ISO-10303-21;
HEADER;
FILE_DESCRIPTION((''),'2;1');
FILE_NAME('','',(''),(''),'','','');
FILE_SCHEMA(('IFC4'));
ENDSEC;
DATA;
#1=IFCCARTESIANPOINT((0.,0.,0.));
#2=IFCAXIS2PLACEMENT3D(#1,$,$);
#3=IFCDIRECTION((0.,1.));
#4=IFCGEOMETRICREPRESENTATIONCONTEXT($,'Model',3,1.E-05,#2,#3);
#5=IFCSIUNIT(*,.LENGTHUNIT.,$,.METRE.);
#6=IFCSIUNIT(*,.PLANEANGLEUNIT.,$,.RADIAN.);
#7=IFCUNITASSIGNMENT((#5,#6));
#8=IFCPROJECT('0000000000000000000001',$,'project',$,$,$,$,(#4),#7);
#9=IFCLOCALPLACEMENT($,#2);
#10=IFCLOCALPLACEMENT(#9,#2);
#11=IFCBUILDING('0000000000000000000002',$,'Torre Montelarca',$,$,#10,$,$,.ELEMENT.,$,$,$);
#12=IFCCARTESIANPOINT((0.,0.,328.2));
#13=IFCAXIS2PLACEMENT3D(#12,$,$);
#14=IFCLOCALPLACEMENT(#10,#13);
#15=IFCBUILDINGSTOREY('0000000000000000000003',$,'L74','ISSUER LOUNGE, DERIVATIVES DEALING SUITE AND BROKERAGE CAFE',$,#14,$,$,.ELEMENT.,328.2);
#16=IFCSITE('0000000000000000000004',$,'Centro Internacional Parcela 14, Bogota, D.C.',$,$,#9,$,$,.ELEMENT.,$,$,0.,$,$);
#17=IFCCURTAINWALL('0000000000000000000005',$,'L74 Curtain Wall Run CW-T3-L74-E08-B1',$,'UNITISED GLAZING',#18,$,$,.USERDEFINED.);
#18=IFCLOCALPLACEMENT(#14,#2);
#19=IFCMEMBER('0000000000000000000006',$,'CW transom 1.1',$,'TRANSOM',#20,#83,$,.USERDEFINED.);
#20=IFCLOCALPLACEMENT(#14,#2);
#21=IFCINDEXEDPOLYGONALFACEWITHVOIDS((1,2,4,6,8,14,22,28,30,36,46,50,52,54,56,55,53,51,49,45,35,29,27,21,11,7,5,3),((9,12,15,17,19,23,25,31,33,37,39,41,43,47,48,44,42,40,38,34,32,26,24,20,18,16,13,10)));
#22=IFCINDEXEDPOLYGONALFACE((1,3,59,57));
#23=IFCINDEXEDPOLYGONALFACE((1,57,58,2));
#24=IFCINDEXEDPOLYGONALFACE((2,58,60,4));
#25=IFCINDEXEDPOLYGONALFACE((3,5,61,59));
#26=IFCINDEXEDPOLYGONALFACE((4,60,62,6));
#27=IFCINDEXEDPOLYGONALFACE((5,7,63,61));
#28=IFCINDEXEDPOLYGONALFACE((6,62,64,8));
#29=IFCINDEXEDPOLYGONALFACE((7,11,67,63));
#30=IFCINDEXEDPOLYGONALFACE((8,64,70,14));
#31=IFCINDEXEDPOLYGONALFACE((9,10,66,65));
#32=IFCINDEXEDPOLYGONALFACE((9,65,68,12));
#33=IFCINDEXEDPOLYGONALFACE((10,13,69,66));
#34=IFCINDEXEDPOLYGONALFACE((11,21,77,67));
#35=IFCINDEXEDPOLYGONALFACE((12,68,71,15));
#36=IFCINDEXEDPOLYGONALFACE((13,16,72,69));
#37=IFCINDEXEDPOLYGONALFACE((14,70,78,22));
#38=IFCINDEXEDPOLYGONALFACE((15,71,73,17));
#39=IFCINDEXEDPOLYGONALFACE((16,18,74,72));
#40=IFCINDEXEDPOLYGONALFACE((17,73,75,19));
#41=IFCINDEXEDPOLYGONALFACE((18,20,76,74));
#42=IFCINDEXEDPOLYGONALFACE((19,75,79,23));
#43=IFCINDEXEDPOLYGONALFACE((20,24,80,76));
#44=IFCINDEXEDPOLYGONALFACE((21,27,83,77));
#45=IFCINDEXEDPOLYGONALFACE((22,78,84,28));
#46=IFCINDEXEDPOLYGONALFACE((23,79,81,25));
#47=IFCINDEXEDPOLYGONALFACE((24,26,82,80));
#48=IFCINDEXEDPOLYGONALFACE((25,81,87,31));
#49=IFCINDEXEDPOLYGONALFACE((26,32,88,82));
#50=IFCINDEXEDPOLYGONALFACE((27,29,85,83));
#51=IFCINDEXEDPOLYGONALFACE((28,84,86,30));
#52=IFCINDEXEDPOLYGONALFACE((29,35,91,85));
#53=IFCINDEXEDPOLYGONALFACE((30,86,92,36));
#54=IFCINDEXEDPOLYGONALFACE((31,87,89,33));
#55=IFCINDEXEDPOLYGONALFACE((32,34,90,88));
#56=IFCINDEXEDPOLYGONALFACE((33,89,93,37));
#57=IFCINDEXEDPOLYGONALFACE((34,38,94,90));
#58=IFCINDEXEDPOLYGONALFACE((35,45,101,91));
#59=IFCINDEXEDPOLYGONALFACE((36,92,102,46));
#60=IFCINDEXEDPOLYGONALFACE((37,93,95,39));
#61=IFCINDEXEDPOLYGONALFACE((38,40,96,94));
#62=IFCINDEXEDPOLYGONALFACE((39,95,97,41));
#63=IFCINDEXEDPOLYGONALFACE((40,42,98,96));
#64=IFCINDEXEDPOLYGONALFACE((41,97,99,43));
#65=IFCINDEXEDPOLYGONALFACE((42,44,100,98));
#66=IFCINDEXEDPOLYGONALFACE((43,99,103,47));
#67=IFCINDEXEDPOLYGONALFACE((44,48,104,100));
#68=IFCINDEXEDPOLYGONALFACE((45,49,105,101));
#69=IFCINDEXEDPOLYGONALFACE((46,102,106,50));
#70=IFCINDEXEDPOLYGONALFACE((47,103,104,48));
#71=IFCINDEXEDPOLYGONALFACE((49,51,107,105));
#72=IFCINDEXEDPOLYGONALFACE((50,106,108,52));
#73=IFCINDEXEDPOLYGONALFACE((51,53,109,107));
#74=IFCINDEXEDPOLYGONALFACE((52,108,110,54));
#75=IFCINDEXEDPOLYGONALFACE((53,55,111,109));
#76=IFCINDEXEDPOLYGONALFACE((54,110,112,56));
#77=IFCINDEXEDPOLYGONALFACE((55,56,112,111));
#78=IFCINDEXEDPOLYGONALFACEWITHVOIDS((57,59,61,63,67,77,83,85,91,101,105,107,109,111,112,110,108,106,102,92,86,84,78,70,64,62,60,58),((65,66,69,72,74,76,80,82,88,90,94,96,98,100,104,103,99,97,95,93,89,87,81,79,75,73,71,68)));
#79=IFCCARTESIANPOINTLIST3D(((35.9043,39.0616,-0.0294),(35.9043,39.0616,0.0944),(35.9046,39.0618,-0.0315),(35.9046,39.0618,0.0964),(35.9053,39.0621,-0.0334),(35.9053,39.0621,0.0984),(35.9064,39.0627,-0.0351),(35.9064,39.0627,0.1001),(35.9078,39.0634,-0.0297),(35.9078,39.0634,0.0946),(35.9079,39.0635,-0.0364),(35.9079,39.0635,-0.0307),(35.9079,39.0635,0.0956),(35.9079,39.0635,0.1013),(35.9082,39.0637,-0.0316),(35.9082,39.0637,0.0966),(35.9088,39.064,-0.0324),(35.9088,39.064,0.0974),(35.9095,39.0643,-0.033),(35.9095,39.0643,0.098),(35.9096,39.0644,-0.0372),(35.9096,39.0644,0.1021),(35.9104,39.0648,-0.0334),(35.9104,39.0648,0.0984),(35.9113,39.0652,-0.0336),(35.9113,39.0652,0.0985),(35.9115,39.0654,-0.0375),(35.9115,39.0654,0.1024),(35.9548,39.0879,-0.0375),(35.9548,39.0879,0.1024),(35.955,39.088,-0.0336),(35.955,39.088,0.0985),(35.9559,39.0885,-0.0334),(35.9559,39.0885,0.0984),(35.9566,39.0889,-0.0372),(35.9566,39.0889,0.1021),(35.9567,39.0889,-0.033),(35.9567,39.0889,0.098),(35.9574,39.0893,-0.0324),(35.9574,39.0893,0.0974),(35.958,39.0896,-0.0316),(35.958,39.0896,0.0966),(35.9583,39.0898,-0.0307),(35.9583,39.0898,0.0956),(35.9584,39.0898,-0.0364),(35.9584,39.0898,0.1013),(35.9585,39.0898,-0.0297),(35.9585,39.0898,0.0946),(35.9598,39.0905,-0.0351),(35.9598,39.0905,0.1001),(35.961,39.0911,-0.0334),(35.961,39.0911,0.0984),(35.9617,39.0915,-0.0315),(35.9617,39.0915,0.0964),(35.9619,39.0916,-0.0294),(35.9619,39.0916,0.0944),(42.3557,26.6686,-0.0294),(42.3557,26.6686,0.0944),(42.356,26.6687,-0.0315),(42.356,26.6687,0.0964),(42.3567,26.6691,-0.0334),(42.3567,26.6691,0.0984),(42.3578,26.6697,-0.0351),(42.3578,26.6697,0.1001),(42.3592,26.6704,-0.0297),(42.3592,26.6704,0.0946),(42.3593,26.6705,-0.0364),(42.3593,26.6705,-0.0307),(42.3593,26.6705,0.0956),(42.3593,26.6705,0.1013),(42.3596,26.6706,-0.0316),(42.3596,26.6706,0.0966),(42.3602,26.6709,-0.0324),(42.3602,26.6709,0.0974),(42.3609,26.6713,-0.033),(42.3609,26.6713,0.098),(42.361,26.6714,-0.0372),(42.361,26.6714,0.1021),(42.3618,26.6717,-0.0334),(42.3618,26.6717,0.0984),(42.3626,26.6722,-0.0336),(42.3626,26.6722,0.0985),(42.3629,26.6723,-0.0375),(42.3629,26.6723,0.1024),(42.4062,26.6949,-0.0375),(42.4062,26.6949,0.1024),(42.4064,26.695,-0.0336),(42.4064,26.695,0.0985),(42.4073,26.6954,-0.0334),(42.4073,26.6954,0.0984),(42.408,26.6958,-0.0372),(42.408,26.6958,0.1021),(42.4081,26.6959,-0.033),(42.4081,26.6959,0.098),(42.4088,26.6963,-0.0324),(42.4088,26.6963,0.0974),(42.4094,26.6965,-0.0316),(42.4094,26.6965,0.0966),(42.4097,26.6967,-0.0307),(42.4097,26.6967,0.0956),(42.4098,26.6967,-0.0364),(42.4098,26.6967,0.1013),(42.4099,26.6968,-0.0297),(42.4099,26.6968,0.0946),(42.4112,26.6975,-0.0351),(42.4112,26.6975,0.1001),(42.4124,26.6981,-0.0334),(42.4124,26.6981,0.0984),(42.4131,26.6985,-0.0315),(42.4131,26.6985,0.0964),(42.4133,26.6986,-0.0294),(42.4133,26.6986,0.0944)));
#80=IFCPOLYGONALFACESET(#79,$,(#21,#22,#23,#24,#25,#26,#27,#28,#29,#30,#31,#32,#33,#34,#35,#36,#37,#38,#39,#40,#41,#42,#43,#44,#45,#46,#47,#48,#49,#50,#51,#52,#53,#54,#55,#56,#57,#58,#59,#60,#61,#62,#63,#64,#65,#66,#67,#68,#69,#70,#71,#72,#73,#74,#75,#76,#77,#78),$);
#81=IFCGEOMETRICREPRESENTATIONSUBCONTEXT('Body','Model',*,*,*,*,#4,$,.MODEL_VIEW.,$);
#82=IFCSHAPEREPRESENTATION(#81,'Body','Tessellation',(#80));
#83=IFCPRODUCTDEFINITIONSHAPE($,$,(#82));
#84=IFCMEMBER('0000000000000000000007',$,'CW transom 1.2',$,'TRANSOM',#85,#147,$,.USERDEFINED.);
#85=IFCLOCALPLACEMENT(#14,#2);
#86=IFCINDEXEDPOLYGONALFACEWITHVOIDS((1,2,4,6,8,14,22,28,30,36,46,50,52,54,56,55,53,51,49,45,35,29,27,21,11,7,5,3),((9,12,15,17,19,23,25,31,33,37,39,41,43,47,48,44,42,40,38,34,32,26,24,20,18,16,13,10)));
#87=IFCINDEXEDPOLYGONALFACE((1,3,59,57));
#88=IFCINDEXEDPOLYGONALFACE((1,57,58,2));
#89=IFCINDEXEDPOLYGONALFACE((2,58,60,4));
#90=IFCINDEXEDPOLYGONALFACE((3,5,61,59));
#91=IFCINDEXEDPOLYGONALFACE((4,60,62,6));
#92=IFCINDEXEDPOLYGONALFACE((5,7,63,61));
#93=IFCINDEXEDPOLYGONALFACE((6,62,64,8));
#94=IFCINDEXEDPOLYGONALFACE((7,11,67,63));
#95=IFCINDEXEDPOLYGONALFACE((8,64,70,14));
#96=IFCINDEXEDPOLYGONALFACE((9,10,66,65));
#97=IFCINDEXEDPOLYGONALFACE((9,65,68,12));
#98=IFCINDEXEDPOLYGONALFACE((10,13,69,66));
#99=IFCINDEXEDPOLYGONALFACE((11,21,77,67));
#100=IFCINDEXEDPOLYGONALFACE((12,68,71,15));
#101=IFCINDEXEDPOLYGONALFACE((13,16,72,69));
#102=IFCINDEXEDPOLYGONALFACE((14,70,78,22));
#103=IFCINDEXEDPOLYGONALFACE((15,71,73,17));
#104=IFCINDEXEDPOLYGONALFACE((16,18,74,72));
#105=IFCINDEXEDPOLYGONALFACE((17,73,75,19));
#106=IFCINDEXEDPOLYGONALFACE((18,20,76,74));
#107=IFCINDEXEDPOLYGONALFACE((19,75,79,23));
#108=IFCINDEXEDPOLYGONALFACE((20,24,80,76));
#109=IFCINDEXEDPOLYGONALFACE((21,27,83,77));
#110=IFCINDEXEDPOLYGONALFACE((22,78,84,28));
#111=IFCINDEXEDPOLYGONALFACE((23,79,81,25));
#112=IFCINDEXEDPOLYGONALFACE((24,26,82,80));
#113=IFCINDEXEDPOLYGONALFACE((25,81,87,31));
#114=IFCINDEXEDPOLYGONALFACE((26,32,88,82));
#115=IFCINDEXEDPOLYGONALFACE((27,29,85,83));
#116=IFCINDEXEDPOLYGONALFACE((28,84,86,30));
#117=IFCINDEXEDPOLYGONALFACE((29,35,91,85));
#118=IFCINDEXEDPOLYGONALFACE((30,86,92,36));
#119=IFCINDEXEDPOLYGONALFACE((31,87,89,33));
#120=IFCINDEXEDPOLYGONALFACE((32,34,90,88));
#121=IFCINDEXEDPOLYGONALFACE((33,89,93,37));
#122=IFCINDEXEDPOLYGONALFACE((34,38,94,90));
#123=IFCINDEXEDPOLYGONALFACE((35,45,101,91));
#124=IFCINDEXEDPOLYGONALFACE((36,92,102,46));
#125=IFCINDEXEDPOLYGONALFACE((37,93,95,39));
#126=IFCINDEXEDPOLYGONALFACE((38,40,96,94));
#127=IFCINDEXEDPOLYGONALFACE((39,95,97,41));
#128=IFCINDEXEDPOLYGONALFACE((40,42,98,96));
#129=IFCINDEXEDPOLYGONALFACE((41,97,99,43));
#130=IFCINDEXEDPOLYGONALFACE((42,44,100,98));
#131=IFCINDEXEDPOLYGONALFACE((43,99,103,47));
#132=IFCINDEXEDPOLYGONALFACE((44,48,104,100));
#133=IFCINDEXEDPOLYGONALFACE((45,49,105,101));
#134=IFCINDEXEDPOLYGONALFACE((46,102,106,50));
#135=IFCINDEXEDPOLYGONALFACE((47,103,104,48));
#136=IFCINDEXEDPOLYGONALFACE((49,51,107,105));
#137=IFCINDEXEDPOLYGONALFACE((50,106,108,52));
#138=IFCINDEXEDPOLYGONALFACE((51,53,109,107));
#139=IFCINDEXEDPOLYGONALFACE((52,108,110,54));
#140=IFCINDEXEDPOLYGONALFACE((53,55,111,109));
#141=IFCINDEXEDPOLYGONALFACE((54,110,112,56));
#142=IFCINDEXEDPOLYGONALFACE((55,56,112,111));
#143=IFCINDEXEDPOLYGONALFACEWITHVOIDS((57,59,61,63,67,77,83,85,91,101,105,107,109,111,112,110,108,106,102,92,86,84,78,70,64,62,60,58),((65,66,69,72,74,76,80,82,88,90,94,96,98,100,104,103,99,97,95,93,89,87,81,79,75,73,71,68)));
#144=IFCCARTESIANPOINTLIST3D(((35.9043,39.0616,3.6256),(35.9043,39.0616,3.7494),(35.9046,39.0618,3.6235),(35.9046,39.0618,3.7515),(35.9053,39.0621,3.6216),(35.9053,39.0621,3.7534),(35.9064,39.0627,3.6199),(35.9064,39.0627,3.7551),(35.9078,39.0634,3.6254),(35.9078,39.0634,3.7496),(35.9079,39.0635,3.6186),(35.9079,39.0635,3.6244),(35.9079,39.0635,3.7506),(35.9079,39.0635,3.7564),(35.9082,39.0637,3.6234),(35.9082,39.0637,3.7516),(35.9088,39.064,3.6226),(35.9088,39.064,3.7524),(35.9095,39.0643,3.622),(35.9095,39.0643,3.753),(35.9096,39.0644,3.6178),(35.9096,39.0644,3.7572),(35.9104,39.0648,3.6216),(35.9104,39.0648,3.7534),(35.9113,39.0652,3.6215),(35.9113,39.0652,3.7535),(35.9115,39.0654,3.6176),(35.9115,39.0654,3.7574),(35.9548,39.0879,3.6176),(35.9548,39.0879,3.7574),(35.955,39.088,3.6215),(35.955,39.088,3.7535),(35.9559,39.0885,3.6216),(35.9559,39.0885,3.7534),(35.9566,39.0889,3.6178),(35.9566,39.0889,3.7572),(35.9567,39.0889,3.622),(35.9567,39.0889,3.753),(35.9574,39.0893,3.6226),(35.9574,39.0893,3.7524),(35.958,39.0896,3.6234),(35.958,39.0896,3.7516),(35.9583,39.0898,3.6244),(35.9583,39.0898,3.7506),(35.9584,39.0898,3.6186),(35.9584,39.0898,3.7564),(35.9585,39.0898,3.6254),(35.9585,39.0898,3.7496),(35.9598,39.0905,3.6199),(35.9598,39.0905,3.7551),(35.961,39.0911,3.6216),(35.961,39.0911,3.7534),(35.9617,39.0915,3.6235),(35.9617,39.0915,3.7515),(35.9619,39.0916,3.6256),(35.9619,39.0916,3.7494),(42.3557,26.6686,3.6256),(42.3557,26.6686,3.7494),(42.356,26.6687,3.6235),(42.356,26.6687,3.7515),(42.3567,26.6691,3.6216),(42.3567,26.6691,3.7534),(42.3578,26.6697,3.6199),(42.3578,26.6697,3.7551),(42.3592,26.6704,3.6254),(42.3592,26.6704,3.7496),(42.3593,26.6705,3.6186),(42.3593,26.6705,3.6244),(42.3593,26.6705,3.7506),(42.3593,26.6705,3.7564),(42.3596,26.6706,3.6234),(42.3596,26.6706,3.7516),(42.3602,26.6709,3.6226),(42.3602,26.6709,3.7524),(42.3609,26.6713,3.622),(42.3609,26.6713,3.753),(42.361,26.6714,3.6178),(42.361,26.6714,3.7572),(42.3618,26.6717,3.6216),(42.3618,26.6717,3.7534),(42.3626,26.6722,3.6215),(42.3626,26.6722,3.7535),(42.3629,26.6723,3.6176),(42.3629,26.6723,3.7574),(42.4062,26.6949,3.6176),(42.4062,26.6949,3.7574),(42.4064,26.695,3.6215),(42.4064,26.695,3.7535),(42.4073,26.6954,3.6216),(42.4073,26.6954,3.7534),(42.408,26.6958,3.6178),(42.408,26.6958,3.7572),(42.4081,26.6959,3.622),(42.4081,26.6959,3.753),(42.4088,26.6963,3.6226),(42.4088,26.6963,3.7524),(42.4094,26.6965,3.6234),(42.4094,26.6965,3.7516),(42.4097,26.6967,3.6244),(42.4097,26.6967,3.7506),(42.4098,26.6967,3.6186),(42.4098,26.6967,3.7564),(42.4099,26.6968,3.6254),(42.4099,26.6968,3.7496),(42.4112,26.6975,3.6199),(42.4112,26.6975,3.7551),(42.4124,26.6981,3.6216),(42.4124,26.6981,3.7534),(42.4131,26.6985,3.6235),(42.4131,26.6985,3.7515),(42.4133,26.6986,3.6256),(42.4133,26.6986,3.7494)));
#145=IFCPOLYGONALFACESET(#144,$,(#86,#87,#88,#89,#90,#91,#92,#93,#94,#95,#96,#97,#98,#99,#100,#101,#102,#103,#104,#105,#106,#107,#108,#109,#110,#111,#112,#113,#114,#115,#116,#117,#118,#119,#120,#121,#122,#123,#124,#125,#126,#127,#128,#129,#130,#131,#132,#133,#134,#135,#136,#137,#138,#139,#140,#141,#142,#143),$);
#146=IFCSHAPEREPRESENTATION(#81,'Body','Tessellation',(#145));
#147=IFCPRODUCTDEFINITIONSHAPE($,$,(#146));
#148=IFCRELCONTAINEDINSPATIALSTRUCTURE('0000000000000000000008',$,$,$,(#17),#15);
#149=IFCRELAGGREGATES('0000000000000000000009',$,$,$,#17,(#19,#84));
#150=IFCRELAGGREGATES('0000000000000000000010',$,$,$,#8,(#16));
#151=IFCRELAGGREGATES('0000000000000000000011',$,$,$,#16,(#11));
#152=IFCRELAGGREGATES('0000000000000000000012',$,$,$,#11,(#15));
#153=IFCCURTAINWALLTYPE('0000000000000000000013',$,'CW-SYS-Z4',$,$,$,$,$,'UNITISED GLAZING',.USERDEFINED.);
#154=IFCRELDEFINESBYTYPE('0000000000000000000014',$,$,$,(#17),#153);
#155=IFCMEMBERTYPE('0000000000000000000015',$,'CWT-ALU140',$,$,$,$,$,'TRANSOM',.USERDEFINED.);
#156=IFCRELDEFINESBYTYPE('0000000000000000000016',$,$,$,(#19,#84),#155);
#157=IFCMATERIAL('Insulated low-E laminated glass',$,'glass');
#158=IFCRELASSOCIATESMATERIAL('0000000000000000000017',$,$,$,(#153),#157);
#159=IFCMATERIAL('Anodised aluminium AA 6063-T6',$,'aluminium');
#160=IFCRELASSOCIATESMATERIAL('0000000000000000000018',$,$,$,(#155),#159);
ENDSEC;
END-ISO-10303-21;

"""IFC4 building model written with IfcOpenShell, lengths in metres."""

from ifc_helpers import new_model, si_unit, direction, frame, origin, origin_2d, place, context, subcontext, project, spatial, hollow_rectangle, extrude, source, transform, mapped, material, material_profile, profile_set, type_object, element, aggregate, save


model = new_model("IFC4")

# Units and contexts
model_context = context("Model", 3, precision=1e-05, world=origin(), true_north=direction((0.0, 1.0)))
body_context = subcontext(model_context, "Body", "Model", "MODEL_VIEW")
ifc_project = project(units=[si_unit("LENGTHUNIT", "METRE"), si_unit("PLANEANGLEUNIT", "RADIAN")], contexts=[model_context])

# Site, building, storey
site_placement = place(None, origin())
site = spatial("IfcSite", under=ifc_project, at=site_placement, Name="Centro Internacional Parcela 14, Bogota, D.C.", CompositionType="ELEMENT", RefElevation=0.0)
building_placement = place(site_placement, origin())
building = spatial("IfcBuilding", under=site, at=building_placement, Name="Torre Montelarca", CompositionType="ELEMENT")
storey_placement = place(building_placement, frame((0.0, 0.0, 328.2)))
storey = spatial("IfcBuildingStorey", under=building, at=storey_placement, Name="L74", Description="ISSUER LOUNGE, DERIVATIVES DEALING SUITE AND BROKERAGE CAFE", CompositionType="ELEMENT", Elevation=328.2)

# Shared definitions
ifc_material_1 = material(Name="Insulated low-E laminated glass", Category="glass")
curtain_wall_type = type_object("IfcCurtainWallType", Name="CW-SYS-Z4", ElementType="UNITISED GLAZING", PredefinedType="USERDEFINED", material=ifc_material_1)
ifc_material_2 = material(Name="Anodised aluminium AA 6063-T6", Category="aluminium")

# Curtain wall
curtain_wall_1_placement = place(storey_placement, origin())
curtain_wall_1 = element("IfcCurtainWall", 1, at=curtain_wall_1_placement, inside=storey, type_object=curtain_wall_type, Name="L74 Curtain Wall Run CW-T3-L74-E08-B1", ObjectType="UNITISED GLAZING", PredefinedType="USERDEFINED")

# Members
ifc_material_profile_1 = material_profile(ifc_material_2, hollow_rectangle(XDim=0.0649, YDim=0.1399, WallThickness=0.0039, InnerFilletRadius=0.0039, OuterFilletRadius=0.0081, at=origin_2d()), Name="ALU65X140X4", Category="aluminium")
ifc_profile_set_1 = profile_set([ifc_material_profile_1], Name="Anodised aluminium AA 6063-T6")
member_type_1 = type_object("IfcMemberType", Name="CWT-ALU140", ElementType="TRANSOM", PredefinedType="USERDEFINED", material=ifc_profile_set_1)
shared_shape_1 = source(origin(), body_context, "Body", "SweptSolid", [
    extrude(hollow_rectangle(XDim=0.0649, YDim=0.1399, WallThickness=0.0039, InnerFilletRadius=0.0039, OuterFilletRadius=0.0081, at=origin_2d()), origin(), (0.0, 0.0, 1.0), 13.9717),
])
member_1_placement = place(storey_placement, frame((42.3845, 26.6836, 0.0325), z_axis=(-0.461748, 0.887011, 0.0), x_axis=(-0.887011, -0.461748, 0.0)))
member_1 = element("IfcMember", 2, at=member_1_placement, type_object=member_type_1, Name="CW transom 1.1", ObjectType="TRANSOM", PredefinedType="USERDEFINED", context=body_context, shape_type="MappedRepresentation", body=[
    mapped(shared_shape_1, transform((0.0, 0.0, 0.0), scale=1.0)),
])
member_2_placement = place(storey_placement, frame((42.3845, 26.6836, 3.6875), z_axis=(-0.461748, 0.887011, 0.0), x_axis=(-0.887011, -0.461748, 0.0)))
member_2 = element("IfcMember", 3, at=member_2_placement, type_object=member_type_1, Name="CW transom 1.2", ObjectType="TRANSOM", PredefinedType="USERDEFINED", context=body_context, shape_type="MappedRepresentation", body=[
    mapped(shared_shape_1, transform((0.0, 0.0, 0.0), scale=1.0)),
])
aggregate(curtain_wall_1, [member_1, member_2])

save(model, "model.ifc")
